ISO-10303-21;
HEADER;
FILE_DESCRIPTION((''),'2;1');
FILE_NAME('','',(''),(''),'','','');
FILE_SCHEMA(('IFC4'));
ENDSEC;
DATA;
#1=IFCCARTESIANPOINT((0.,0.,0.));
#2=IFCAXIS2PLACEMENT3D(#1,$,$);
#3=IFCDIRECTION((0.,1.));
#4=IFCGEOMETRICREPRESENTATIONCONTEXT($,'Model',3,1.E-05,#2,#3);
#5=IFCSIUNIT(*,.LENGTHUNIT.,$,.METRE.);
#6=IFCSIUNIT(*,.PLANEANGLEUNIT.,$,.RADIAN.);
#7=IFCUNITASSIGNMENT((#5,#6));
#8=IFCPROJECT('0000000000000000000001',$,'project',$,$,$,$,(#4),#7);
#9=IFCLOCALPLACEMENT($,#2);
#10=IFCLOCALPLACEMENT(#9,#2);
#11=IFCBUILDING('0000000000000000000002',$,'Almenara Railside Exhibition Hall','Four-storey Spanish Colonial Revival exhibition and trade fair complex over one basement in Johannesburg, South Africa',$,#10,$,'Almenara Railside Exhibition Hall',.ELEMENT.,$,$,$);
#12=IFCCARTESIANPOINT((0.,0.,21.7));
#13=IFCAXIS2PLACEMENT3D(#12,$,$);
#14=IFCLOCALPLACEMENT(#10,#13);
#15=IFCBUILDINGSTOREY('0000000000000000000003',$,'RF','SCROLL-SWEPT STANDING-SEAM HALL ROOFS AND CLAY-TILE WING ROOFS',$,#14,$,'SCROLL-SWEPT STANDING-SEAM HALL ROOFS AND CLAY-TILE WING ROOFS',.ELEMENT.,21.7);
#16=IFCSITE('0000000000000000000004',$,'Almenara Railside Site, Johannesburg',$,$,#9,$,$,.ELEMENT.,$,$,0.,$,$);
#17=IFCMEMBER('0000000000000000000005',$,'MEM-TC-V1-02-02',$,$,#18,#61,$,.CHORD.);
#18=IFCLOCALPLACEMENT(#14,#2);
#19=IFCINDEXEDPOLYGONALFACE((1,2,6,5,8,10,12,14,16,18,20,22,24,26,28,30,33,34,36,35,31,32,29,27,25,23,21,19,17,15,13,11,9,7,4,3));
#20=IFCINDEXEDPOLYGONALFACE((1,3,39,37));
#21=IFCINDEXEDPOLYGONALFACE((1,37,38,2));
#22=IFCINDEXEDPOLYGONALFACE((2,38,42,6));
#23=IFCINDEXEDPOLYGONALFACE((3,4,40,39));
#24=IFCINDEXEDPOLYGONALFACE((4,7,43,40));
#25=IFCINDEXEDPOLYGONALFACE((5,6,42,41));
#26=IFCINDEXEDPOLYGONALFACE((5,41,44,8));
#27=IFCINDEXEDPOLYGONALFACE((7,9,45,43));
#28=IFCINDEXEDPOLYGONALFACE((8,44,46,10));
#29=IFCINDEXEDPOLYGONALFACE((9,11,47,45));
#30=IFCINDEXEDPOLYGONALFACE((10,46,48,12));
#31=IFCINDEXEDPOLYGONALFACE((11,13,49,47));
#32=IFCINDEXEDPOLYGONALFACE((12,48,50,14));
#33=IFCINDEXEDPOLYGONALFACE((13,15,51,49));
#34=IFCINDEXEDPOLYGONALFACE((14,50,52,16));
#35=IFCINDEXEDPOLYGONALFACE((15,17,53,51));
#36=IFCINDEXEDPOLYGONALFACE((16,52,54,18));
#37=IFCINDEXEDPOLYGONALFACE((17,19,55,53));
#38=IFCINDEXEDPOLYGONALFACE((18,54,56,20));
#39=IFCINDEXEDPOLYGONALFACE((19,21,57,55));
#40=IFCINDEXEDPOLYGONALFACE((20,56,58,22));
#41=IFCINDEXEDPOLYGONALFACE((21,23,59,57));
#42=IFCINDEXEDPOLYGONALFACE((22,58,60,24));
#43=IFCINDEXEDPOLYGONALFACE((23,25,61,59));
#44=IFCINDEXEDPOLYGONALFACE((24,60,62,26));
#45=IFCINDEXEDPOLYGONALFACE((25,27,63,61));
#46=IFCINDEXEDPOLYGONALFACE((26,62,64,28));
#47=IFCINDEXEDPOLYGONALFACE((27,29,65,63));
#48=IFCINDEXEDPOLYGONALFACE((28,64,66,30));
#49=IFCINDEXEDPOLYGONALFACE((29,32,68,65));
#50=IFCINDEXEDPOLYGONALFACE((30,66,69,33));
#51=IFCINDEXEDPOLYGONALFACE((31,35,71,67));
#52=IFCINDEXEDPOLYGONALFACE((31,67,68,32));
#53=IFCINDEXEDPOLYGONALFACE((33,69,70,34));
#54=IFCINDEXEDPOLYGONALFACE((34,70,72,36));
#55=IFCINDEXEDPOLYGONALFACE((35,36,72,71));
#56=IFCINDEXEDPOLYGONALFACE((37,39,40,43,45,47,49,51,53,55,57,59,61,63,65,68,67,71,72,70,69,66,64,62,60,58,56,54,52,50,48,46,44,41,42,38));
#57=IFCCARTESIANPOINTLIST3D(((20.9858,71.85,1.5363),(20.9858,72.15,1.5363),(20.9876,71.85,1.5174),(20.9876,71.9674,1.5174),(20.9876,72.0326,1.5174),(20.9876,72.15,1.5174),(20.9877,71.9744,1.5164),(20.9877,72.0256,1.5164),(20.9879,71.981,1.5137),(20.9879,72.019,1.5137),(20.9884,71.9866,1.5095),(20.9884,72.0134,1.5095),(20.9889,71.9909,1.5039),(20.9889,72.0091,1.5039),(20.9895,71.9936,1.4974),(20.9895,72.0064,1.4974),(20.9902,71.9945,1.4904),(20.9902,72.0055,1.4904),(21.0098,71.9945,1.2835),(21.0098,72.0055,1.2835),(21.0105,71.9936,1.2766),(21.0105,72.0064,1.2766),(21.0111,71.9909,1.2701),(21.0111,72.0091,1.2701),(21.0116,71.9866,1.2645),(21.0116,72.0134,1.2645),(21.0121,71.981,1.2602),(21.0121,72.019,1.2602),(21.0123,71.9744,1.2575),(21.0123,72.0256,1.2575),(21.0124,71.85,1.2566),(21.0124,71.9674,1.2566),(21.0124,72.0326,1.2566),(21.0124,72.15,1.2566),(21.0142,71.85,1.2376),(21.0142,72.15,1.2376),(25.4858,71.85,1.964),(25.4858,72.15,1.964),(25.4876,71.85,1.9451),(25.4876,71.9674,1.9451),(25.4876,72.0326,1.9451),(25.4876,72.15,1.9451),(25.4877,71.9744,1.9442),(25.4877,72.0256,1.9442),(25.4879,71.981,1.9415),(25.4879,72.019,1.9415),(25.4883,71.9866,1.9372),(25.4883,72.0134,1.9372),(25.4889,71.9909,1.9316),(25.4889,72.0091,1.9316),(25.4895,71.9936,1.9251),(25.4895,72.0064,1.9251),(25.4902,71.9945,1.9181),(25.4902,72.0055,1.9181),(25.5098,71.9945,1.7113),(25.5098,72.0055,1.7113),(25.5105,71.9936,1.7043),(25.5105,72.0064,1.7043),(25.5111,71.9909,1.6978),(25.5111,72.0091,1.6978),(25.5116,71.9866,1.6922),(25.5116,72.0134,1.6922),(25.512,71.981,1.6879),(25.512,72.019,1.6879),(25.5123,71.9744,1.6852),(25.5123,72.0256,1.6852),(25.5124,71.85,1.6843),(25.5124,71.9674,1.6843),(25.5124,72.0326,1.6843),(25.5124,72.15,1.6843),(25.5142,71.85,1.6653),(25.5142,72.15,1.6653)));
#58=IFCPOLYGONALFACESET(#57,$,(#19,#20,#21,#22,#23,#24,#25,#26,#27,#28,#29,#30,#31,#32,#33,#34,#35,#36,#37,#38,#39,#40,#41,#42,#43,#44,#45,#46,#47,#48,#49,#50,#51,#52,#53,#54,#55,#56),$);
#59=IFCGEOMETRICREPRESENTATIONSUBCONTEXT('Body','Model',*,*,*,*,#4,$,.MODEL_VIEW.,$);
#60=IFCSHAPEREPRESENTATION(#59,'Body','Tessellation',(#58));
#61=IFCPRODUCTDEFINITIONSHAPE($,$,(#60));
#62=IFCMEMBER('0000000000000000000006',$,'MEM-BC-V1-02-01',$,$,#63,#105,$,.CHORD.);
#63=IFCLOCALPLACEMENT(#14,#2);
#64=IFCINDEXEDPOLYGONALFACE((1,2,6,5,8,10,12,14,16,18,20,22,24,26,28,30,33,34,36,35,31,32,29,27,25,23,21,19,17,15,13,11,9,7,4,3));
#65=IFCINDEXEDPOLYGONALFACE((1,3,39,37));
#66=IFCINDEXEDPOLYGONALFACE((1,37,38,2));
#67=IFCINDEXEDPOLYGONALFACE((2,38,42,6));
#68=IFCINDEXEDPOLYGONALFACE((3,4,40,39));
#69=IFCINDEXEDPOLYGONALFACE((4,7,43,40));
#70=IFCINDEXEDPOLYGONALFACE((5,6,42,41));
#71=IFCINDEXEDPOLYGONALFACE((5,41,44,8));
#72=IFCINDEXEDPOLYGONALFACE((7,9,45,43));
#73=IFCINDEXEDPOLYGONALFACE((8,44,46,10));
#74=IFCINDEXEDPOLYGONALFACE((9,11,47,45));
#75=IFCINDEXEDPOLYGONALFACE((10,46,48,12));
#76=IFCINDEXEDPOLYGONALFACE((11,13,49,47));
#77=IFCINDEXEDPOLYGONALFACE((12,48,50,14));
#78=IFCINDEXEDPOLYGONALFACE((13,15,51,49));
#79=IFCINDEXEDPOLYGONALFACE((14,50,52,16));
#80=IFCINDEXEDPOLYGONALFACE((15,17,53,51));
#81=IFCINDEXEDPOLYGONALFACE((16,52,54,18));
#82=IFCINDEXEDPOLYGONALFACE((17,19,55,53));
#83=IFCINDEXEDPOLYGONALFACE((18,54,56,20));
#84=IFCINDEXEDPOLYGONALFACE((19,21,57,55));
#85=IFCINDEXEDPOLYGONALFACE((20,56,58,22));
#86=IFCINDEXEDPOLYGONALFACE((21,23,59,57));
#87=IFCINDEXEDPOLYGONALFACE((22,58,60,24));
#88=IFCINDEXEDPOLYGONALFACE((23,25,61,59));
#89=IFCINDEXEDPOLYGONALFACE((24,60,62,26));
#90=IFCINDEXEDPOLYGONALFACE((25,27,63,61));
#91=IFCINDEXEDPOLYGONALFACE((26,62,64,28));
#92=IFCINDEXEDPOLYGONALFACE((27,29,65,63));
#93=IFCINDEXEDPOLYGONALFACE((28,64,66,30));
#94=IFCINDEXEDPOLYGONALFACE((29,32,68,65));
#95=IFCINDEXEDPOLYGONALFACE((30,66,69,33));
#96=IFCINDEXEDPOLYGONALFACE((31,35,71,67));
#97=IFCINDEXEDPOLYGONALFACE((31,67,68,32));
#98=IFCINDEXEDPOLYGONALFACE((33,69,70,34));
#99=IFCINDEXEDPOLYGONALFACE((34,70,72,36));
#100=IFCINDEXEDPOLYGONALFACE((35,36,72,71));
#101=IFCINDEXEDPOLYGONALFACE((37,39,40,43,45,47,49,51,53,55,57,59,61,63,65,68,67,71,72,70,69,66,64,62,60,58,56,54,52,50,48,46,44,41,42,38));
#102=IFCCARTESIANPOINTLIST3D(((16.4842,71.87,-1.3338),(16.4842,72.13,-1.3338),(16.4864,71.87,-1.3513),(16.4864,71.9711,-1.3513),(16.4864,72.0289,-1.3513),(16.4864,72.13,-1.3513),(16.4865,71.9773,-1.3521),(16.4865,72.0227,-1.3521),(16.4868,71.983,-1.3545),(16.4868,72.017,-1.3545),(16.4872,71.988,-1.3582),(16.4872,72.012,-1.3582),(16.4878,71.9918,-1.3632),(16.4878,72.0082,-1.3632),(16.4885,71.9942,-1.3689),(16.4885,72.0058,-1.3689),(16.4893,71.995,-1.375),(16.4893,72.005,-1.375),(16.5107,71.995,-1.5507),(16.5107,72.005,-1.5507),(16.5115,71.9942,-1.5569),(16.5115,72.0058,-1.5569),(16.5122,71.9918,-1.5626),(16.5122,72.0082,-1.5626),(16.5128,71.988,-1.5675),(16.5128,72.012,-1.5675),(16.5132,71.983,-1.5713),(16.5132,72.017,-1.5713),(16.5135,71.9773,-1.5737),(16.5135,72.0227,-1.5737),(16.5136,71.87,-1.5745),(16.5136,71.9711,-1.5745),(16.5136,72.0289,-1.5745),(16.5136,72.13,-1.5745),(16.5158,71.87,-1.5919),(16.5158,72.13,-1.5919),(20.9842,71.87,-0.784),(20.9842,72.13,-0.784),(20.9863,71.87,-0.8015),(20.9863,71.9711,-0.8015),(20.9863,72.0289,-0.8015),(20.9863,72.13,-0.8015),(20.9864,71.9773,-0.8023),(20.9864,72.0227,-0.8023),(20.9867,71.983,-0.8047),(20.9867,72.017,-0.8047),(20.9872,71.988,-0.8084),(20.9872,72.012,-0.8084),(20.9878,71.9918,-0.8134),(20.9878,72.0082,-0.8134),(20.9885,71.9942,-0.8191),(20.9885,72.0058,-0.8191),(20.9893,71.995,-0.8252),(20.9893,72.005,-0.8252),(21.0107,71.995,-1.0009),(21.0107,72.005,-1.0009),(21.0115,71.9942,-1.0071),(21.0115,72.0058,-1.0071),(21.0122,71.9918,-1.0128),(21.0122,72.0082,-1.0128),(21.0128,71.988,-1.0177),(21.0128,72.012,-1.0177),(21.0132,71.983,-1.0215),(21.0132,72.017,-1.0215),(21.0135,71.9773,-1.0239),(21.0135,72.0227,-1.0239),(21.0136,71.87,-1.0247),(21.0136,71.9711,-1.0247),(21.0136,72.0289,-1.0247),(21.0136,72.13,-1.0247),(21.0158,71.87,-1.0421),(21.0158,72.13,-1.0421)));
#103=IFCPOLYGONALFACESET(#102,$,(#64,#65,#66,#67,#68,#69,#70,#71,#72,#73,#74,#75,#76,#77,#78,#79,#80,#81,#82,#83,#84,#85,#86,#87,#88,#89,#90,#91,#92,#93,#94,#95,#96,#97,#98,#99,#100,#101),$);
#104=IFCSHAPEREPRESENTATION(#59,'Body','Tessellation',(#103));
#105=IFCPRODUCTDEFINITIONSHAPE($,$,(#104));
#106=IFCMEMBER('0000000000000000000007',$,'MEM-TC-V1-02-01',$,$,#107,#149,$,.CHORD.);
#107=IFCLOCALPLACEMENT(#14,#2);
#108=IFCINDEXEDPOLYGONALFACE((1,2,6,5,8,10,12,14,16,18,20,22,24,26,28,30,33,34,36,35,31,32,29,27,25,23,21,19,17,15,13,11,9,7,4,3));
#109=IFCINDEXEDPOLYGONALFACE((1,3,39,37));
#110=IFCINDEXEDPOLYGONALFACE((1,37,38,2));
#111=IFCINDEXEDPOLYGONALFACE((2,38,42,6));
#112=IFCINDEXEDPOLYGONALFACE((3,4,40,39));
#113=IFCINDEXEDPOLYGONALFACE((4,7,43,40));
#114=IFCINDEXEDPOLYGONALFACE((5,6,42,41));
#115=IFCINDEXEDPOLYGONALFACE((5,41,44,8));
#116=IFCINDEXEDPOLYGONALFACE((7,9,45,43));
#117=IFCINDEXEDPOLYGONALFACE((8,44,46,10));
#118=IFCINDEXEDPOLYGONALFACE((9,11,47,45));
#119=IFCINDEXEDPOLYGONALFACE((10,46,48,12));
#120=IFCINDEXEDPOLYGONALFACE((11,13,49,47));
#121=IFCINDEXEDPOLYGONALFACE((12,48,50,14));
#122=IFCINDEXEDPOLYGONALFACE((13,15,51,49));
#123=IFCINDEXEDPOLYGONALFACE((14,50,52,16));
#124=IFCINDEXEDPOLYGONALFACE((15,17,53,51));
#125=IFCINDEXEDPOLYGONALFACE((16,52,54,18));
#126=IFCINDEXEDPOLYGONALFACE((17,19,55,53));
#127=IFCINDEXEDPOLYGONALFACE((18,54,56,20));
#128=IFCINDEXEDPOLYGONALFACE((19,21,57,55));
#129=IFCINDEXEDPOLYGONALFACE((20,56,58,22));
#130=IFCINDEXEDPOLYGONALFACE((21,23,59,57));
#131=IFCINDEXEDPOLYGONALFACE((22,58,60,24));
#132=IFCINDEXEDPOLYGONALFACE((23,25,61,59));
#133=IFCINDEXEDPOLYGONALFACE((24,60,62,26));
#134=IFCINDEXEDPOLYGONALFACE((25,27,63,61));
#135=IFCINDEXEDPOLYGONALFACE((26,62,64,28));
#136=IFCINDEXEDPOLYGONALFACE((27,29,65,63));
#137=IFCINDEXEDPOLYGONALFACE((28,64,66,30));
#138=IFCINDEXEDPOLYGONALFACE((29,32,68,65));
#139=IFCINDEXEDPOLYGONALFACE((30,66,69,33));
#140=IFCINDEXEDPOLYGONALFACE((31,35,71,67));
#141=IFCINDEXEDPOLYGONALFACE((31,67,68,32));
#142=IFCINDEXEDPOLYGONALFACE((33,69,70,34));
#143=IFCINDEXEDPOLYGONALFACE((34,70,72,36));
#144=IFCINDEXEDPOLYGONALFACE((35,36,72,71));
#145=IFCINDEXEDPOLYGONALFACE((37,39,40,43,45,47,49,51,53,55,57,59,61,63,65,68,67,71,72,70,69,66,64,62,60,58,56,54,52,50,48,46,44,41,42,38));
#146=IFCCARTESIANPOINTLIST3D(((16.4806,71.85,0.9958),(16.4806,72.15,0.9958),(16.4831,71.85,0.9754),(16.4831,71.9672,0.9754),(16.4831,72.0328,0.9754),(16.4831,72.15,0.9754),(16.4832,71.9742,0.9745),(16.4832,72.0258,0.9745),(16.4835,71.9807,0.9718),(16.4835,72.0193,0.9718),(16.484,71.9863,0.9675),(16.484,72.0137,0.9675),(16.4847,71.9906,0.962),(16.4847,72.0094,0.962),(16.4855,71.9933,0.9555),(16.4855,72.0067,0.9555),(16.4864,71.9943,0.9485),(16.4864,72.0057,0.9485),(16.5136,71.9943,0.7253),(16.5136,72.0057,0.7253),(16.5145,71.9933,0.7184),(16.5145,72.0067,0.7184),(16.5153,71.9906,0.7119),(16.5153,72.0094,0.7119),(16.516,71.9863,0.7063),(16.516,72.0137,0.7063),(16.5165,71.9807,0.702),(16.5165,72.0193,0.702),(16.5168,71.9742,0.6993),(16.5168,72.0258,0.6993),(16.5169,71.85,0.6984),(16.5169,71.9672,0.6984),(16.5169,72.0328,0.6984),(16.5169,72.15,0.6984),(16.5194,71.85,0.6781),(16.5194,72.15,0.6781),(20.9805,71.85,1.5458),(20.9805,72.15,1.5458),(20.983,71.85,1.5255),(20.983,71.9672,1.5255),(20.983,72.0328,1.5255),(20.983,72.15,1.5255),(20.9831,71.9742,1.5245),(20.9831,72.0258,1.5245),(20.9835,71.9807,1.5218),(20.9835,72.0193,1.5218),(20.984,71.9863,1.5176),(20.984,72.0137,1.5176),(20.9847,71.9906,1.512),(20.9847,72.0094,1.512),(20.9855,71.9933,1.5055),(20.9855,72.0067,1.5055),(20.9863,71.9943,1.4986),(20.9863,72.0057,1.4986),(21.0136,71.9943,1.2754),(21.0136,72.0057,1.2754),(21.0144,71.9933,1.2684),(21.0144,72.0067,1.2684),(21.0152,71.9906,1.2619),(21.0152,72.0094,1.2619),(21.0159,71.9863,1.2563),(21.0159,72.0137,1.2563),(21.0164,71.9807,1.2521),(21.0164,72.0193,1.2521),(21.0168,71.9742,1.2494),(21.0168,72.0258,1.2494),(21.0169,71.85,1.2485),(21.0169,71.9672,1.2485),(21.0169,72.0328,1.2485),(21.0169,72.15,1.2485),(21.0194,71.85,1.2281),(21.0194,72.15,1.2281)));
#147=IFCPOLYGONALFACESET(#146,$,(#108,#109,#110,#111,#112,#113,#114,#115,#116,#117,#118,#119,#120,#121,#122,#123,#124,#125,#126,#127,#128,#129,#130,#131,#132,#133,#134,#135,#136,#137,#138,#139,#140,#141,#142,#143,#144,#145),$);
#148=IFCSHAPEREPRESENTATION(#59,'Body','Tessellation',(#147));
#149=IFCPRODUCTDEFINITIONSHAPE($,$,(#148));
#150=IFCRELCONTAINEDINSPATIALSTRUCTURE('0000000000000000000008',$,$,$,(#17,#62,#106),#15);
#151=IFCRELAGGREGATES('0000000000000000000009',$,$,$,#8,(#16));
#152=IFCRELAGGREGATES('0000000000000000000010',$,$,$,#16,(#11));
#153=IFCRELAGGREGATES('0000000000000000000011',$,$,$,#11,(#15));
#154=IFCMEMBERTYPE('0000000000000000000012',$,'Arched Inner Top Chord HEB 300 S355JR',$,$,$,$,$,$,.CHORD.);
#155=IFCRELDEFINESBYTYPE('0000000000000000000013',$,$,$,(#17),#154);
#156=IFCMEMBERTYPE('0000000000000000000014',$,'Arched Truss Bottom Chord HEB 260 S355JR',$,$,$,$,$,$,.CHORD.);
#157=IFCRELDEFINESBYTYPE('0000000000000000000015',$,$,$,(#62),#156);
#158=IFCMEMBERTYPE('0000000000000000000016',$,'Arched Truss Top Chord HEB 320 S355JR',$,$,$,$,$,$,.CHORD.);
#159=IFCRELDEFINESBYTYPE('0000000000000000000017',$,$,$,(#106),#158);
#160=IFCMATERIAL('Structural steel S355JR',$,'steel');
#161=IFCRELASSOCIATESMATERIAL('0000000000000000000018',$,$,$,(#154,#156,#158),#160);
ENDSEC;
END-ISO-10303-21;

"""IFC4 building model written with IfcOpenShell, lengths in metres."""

from ifc_helpers import new_model, si_unit, direction, frame, origin, origin_2d, place, context, subcontext, project, spatial, i_section, extrude, material, material_profile, profile_set, type_object, element, save


model = new_model("IFC4")

# Units and contexts
model_context = context("Model", 3, precision=1e-05, world=origin(), true_north=direction((0.0, 1.0)))
body_context = subcontext(model_context, "Body", "Model", "MODEL_VIEW")
ifc_project = project(units=[si_unit("LENGTHUNIT", "METRE"), si_unit("PLANEANGLEUNIT", "RADIAN")], contexts=[model_context])

# Site, building, storey
site_placement = place(None, origin())
site = spatial("IfcSite", under=ifc_project, at=site_placement, Name="Almenara Railside Site, Johannesburg", CompositionType="ELEMENT", RefElevation=0.0)
building_placement = place(site_placement, origin())
building = spatial("IfcBuilding", under=site, at=building_placement, Name="Almenara Railside Exhibition Hall", Description="Four-storey Spanish Colonial Revival exhibition and trade fair complex over one basement in Johannesburg, South Africa", LongName="Almenara Railside Exhibition Hall", CompositionType="ELEMENT")
storey_placement = place(building_placement, frame((0.0, 0.0, 21.7)))
storey = spatial("IfcBuildingStorey", under=building, at=storey_placement, Name="RF", Description="SCROLL-SWEPT STANDING-SEAM HALL ROOFS AND CLAY-TILE WING ROOFS", LongName="SCROLL-SWEPT STANDING-SEAM HALL ROOFS AND CLAY-TILE WING ROOFS", CompositionType="ELEMENT", Elevation=21.7)

# Members
ifc_material_1 = material(Name="Structural steel S355JR", Category="steel")
ifc_material_profile_1 = material_profile(ifc_material_1, i_section(OverallWidth=0.3, OverallDepth=0.3, WebThickness=0.011, FlangeThickness=0.019, FilletRadius=0.0271, at=origin_2d()), Name="HEB 300")
ifc_profile_set_1 = profile_set([ifc_material_profile_1], Name="Structural steel S355JR")
member_type_1 = type_object("IfcMemberType", Name="Arched Inner Top Chord HEB 300 S355JR", PredefinedType="CHORD", material=ifc_profile_set_1)
member_1_placement = place(storey_placement, frame((21.0, 72.0, 1.387), z_axis=(0.995513, 0.0, 0.094626), x_axis=(0.0, 1.0, 0.0)))
element("IfcMember", 1, at=member_1_placement, inside=storey, type_object=member_type_1, Name="MEM-TC-V1-02-02", PredefinedType="CHORD", context=body_context, shape_type="SweptSolid", body=[
    extrude(i_section(OverallWidth=0.3, OverallDepth=0.3, WebThickness=0.011, FlangeThickness=0.019, FilletRadius=0.0271, at=origin_2d()), origin(), (0.0, 0.0, 1.0), 4.5203),
])
ifc_material_profile_2 = material_profile(ifc_material_1, i_section(OverallWidth=0.26, OverallDepth=0.26, WebThickness=0.01, FlangeThickness=0.0176, FilletRadius=0.0239, at=origin_2d()), Name="HEB 260")
ifc_profile_set_2 = profile_set([ifc_material_profile_2], Name="Structural steel S355JR")
member_type_2 = type_object("IfcMemberType", Name="Arched Truss Bottom Chord HEB 260 S355JR", PredefinedType="CHORD", material=ifc_profile_set_2)
member_2_placement = place(storey_placement, frame((16.5, 72.0, -1.4629), z_axis=(0.992619, 0.0, 0.121277), x_axis=(0.0, 1.0, 0.0)))
element("IfcMember", 2, at=member_2_placement, inside=storey, type_object=member_type_2, Name="MEM-BC-V1-02-01", PredefinedType="CHORD", context=body_context, shape_type="SweptSolid", body=[
    extrude(i_section(OverallWidth=0.26, OverallDepth=0.26, WebThickness=0.01, FlangeThickness=0.0176, FilletRadius=0.0239, at=origin_2d()), origin(), (0.0, 0.0, 1.0), 4.5334),
])
ifc_material_profile_3 = material_profile(ifc_material_1, i_section(OverallWidth=0.3, OverallDepth=0.3201, WebThickness=0.0115, FlangeThickness=0.0205, FilletRadius=0.0271, at=origin_2d()), Name="HEB 320")
ifc_profile_set_3 = profile_set([ifc_material_profile_3], Name="Structural steel S355JR")
member_type_3 = type_object("IfcMemberType", Name="Arched Truss Top Chord HEB 320 S355JR", PredefinedType="CHORD", material=ifc_profile_set_3)
member_3_placement = place(storey_placement, frame((16.5, 72.0, 0.8369), z_axis=(0.992612, 0.0, 0.12133), x_axis=(0.0, 1.0, 0.0)))
element("IfcMember", 3, at=member_3_placement, inside=storey, type_object=member_type_3, Name="MEM-TC-V1-02-01", PredefinedType="CHORD", context=body_context, shape_type="SweptSolid", body=[
    extrude(i_section(OverallWidth=0.3, OverallDepth=0.3201, WebThickness=0.0115, FlangeThickness=0.0205, FilletRadius=0.0271, at=origin_2d()), origin(), (0.0, 0.0, 1.0), 4.5334),
])

save(model, "model.ifc")
